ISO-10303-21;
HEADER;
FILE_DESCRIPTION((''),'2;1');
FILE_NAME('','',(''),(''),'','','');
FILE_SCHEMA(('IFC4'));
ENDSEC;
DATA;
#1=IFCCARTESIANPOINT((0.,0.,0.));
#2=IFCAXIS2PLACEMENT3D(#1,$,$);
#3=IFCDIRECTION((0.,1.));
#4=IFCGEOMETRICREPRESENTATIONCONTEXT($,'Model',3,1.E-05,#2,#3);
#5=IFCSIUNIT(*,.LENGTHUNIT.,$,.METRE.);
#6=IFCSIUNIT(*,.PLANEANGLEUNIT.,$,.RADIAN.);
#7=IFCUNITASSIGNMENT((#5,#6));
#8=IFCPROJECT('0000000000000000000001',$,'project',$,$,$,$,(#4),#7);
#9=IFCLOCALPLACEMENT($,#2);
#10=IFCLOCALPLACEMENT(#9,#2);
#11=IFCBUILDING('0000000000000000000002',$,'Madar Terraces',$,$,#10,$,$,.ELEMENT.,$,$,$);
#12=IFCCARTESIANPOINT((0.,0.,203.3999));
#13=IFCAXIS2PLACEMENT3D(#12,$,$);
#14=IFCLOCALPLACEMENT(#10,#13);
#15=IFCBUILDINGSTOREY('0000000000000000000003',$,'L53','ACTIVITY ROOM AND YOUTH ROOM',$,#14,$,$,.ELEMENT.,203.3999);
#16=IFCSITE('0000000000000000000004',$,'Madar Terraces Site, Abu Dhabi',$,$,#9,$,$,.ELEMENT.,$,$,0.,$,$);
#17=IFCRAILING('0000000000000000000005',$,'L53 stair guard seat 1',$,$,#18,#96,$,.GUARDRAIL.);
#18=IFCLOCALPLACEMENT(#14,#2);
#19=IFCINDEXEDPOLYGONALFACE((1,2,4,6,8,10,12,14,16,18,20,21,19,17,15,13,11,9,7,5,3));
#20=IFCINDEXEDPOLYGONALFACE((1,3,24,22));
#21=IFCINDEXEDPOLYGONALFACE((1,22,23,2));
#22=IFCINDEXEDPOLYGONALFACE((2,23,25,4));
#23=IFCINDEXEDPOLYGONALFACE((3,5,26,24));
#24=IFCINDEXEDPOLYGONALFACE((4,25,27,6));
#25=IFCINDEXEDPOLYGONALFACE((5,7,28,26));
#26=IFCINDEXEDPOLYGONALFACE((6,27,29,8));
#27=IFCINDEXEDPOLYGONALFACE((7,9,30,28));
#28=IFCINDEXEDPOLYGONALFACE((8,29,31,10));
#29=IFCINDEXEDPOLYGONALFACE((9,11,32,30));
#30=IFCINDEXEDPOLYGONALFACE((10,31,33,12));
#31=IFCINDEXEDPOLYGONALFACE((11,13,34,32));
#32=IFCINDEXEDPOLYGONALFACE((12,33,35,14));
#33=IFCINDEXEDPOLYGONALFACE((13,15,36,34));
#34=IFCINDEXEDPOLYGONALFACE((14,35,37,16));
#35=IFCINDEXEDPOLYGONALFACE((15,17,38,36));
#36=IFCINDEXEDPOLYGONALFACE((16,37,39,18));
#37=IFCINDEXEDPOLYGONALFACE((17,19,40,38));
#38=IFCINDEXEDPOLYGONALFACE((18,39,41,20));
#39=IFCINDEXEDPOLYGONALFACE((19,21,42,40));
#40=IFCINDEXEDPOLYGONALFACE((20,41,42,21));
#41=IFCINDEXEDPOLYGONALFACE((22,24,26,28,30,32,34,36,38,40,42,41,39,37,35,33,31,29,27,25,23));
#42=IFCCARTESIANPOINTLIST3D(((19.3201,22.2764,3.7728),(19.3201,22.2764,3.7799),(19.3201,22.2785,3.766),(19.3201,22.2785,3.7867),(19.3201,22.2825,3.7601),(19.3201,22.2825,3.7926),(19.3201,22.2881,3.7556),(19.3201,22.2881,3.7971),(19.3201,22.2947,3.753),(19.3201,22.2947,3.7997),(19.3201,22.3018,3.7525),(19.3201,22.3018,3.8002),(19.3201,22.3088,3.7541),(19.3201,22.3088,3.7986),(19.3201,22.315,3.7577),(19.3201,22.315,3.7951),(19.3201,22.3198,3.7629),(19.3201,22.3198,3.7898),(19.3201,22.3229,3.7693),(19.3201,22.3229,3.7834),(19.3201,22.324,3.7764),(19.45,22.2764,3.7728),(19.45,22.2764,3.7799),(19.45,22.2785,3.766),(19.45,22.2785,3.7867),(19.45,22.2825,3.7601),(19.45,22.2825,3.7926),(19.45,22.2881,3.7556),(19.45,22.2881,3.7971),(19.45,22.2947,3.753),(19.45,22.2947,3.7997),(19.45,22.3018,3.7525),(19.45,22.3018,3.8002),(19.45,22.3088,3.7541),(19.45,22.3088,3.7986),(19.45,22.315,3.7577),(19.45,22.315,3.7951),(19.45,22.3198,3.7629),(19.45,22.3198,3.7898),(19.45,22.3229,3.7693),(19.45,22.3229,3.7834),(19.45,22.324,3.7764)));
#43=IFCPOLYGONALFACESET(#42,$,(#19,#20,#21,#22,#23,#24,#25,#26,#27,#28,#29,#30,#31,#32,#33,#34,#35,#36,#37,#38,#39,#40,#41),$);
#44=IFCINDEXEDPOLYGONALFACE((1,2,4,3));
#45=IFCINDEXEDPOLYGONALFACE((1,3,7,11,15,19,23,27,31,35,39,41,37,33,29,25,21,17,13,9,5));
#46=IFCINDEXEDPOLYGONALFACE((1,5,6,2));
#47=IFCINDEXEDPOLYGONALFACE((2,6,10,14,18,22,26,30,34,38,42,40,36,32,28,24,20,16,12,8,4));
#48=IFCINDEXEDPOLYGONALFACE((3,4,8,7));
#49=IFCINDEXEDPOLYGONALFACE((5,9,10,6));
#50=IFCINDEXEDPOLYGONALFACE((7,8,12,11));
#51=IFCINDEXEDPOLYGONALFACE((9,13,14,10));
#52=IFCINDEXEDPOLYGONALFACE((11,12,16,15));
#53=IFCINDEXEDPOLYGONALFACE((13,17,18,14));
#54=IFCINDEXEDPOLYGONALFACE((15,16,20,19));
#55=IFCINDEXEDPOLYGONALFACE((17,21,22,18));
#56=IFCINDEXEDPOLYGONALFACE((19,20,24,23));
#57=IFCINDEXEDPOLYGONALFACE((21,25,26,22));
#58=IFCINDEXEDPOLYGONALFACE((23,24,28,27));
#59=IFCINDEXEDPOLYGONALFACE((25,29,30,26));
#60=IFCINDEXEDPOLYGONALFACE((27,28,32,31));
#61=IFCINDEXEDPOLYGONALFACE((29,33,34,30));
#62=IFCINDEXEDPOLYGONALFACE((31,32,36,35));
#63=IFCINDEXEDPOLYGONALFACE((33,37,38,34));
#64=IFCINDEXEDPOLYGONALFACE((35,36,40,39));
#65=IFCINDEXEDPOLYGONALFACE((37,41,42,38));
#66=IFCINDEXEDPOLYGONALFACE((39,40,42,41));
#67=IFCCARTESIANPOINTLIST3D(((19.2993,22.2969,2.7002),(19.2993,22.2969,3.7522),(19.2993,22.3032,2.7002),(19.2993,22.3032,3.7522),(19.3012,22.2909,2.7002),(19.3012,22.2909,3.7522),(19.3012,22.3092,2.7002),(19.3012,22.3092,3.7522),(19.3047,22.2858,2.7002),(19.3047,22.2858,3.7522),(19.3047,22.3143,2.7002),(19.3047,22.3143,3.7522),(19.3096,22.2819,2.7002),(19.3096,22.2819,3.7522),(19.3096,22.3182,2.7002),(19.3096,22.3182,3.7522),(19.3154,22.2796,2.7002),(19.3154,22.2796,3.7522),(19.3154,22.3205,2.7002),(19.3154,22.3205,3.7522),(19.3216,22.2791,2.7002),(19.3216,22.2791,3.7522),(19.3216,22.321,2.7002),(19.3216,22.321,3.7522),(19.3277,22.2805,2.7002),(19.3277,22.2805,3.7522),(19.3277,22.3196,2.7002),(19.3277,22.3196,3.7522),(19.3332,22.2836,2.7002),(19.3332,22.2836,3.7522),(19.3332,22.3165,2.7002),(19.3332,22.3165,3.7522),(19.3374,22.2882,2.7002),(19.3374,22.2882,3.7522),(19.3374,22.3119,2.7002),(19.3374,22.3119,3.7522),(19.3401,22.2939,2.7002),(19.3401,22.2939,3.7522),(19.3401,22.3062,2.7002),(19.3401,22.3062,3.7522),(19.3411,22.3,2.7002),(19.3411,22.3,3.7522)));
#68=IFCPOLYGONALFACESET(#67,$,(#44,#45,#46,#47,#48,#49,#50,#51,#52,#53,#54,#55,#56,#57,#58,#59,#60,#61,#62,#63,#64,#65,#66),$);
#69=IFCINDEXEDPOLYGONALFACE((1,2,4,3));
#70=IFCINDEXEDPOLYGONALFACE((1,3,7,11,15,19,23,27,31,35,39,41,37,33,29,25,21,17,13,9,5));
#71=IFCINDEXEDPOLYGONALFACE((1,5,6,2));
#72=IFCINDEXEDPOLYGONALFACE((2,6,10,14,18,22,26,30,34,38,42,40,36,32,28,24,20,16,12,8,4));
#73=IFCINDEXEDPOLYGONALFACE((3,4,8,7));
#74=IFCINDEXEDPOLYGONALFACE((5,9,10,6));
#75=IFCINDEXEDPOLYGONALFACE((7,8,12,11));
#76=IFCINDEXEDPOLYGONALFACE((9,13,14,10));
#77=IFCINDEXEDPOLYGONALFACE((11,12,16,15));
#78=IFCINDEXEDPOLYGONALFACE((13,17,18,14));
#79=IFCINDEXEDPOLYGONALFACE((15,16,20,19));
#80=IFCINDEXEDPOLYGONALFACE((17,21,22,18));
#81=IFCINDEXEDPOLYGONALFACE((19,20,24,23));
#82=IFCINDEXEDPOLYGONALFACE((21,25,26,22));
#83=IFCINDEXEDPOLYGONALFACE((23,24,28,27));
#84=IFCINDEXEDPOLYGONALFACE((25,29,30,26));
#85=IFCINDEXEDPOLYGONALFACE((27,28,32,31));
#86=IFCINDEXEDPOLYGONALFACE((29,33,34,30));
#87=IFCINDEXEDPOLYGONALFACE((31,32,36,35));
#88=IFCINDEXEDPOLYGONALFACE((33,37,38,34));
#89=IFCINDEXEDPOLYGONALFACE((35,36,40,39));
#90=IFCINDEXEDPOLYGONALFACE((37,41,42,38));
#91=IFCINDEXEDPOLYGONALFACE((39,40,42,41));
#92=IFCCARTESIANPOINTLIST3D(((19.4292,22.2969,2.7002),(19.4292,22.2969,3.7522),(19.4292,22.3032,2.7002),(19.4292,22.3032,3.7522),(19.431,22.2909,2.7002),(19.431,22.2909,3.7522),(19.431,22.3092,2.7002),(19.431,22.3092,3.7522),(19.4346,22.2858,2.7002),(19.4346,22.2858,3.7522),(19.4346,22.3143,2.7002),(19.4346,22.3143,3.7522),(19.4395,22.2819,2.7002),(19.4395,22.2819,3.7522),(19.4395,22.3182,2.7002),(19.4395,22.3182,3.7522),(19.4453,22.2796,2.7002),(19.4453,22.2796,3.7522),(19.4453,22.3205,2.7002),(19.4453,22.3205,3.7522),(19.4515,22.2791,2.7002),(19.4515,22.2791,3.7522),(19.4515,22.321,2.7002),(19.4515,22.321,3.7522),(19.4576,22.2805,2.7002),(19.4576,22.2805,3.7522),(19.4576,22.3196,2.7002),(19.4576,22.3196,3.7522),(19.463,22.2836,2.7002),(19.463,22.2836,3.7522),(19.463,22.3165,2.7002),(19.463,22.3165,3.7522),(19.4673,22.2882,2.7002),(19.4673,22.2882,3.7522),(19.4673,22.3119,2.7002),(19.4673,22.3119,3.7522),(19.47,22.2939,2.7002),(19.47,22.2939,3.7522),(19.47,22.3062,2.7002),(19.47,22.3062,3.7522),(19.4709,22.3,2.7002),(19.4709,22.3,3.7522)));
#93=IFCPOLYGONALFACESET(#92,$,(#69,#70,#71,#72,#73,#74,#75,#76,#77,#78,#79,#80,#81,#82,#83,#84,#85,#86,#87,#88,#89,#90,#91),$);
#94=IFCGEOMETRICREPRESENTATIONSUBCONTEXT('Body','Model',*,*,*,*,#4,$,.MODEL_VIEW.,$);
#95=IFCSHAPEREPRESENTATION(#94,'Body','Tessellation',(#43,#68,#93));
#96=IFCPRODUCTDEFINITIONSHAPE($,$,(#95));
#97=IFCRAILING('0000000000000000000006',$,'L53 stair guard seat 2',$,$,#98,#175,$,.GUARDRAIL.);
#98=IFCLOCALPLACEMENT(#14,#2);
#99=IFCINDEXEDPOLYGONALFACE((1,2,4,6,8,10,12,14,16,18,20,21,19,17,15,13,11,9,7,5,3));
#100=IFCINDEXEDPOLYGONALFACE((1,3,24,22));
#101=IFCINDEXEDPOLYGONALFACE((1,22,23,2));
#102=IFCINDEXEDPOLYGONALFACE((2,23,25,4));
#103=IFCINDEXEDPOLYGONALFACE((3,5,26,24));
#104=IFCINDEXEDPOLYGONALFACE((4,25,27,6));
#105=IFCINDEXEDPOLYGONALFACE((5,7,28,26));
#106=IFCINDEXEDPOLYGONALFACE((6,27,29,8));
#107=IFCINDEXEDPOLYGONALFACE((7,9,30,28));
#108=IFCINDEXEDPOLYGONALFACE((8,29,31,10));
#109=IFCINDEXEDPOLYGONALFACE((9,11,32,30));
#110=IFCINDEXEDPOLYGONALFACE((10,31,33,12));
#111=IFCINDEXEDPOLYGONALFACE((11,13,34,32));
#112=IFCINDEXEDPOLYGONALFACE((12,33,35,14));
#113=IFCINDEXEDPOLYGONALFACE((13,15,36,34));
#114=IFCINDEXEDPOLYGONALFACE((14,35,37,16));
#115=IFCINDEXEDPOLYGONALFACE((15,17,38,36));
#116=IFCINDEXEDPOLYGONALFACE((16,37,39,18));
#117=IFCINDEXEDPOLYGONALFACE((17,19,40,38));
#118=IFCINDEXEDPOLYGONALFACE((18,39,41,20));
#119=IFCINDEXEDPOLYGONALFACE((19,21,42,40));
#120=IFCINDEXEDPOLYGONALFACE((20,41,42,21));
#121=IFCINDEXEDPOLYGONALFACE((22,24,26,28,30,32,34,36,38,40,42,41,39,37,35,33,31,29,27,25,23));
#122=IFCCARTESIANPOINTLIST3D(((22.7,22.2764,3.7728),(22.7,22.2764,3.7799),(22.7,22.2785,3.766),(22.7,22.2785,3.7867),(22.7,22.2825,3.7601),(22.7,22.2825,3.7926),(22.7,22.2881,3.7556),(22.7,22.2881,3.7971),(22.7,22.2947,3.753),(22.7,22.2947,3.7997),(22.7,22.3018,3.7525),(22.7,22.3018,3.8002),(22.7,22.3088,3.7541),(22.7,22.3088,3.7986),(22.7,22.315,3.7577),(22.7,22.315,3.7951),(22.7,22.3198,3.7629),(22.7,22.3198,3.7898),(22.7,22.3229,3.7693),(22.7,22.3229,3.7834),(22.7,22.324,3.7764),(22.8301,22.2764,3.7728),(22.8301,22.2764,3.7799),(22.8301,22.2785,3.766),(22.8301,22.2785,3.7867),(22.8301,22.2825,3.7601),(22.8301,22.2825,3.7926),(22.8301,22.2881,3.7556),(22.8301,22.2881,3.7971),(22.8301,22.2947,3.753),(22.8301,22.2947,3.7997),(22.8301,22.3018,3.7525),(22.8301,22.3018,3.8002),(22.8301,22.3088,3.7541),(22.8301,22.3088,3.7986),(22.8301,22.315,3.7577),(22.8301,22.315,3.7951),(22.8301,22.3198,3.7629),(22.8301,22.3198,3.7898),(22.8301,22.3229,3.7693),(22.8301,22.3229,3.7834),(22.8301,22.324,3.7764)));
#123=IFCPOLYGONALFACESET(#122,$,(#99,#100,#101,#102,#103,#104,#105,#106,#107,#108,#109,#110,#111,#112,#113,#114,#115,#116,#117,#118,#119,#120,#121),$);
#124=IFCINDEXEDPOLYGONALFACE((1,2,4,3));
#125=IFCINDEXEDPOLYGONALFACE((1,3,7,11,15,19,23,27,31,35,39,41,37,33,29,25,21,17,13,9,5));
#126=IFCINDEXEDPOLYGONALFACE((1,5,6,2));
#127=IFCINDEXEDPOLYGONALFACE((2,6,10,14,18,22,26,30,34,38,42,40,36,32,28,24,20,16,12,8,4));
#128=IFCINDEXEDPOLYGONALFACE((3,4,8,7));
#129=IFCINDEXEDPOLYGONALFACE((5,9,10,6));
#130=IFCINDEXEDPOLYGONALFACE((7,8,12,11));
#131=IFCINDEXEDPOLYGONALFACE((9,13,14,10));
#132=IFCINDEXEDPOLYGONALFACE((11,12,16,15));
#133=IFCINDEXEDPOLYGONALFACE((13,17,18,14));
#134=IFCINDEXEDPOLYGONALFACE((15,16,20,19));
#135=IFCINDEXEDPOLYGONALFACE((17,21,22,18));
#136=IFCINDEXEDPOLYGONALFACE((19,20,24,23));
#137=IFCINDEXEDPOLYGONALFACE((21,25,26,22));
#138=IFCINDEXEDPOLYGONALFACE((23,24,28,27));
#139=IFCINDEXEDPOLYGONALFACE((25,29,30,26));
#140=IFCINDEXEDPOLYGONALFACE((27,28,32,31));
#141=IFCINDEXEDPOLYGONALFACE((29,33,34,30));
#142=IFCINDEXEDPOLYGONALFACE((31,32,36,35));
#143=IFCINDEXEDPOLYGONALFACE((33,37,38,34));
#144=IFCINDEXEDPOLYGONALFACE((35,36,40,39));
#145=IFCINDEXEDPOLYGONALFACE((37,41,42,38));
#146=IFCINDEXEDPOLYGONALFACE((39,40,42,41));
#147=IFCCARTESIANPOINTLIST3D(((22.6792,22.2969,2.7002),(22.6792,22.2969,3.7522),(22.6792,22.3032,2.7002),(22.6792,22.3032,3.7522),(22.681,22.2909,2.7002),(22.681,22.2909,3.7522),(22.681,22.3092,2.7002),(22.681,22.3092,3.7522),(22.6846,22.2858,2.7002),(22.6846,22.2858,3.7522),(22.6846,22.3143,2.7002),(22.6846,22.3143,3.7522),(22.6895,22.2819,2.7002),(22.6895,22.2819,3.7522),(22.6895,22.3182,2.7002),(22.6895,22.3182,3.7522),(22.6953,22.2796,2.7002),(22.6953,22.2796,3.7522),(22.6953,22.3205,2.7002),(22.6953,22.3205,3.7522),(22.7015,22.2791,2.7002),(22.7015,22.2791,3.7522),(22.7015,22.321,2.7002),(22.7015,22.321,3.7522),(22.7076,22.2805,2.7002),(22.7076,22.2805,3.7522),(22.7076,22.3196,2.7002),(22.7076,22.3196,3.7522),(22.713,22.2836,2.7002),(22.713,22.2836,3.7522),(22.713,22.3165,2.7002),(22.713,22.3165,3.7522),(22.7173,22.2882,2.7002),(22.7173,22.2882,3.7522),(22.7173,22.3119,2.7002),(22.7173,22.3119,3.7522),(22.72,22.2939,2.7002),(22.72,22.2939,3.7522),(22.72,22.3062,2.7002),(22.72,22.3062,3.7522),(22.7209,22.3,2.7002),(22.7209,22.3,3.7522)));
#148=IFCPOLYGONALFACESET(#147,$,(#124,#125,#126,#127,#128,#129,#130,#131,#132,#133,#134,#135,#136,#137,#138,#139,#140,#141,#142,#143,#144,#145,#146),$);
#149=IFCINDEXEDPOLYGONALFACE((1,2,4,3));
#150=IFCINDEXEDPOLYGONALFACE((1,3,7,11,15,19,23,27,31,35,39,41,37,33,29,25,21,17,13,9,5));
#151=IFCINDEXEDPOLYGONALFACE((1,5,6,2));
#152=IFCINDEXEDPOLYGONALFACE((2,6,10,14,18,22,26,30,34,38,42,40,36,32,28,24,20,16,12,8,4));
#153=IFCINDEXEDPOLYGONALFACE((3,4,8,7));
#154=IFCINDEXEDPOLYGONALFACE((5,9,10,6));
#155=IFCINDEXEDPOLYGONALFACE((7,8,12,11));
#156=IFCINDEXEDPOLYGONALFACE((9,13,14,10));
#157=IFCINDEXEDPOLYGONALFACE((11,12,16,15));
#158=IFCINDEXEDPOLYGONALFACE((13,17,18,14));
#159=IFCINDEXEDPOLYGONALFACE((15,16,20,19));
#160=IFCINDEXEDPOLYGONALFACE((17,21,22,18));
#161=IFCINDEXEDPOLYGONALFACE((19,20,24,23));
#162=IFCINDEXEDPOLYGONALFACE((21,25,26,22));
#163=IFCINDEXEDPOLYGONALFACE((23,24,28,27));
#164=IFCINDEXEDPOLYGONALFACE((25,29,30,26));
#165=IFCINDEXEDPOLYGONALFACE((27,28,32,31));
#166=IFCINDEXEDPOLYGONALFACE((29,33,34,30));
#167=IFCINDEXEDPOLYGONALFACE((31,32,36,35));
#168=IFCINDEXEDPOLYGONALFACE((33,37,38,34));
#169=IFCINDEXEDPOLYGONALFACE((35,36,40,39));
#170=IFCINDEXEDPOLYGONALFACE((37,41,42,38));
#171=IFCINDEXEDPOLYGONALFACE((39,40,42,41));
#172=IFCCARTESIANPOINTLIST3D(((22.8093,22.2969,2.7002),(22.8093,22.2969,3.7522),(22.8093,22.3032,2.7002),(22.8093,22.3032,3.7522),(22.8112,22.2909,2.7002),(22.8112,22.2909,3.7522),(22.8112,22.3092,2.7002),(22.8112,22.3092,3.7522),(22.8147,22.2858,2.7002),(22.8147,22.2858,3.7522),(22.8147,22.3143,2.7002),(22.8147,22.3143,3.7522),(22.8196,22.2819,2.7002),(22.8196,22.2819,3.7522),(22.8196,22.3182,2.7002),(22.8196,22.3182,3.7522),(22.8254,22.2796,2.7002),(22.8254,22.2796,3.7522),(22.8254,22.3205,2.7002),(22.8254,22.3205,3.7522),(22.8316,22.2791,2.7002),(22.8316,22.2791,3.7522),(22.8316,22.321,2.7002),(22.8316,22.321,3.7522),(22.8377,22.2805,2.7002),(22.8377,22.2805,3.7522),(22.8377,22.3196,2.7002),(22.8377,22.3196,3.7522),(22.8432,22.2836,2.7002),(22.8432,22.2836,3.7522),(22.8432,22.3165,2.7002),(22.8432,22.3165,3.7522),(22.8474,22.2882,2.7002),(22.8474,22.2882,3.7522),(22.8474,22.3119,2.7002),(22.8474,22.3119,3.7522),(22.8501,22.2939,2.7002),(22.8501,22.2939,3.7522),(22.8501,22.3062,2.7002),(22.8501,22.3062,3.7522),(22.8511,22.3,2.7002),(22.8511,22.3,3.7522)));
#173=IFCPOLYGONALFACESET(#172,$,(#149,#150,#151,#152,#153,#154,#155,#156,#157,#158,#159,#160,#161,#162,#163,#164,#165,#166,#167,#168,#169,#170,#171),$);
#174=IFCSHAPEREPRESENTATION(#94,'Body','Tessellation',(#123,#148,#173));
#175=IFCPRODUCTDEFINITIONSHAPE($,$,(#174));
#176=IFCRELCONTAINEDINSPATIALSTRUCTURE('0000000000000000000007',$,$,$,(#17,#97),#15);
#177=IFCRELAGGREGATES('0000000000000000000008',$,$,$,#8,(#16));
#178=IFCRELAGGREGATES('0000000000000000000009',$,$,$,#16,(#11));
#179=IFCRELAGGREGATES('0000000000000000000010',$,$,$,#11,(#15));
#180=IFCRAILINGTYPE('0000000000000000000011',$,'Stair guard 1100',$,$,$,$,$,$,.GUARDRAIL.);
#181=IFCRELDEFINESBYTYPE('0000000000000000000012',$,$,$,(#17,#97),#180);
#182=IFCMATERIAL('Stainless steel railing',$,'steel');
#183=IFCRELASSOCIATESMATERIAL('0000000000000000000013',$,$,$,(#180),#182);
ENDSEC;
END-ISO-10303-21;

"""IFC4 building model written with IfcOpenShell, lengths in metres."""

from ifc_helpers import new_model, si_unit, direction, frame, origin, origin_2d, place, context, subcontext, project, spatial, circle, extrude, material, type_object, element, save


model = new_model("IFC4")

# Units and contexts
model_context = context("Model", 3, precision=1e-05, world=origin(), true_north=direction((0.0, 1.0)))
body_context = subcontext(model_context, "Body", "Model", "MODEL_VIEW")
ifc_project = project(units=[si_unit("LENGTHUNIT", "METRE"), si_unit("PLANEANGLEUNIT", "RADIAN")], contexts=[model_context])

# Site, building, storey
site_placement = place(None, origin())
site = spatial("IfcSite", under=ifc_project, at=site_placement, Name="Madar Terraces Site, Abu Dhabi", CompositionType="ELEMENT", RefElevation=0.0)
building_placement = place(site_placement, origin())
building = spatial("IfcBuilding", under=site, at=building_placement, Name="Madar Terraces", CompositionType="ELEMENT")
storey_placement = place(building_placement, frame((0.0, 0.0, 203.3999)))
storey = spatial("IfcBuildingStorey", under=building, at=storey_placement, Name="L53", Description="ACTIVITY ROOM AND YOUTH ROOM", CompositionType="ELEMENT", Elevation=203.3999)

# Railings
ifc_material_1 = material(Name="Stainless steel railing", Category="steel")
railing_type_1 = type_object("IfcRailingType", Name="Stair guard 1100", PredefinedType="GUARDRAIL", material=ifc_material_1)
railing_1_placement = place(storey_placement, frame((19.3201, 22.3, 2.7002)))
element("IfcRailing", 1, at=railing_1_placement, inside=storey, type_object=railing_type_1, Name="L53 stair guard seat 1", PredefinedType="GUARDRAIL", context=body_context, shape_type="SweptSolid", body=[
    extrude(circle(Radius=0.0239, at=origin_2d()), frame((0.0, 0.0, 1.0762), z_axis=(1.0, 0.0, 0.0), x_axis=(0.0, 1.0, 0.0)), (0.0, 0.0, 1.0), 0.1299),
    extrude(circle(Radius=0.021, at=origin_2d()), origin(), (0.0, 0.0, 1.0), 1.052),
    extrude(circle(Radius=0.021, at=origin_2d()), frame((0.1299, 0.0, 0.0)), (0.0, 0.0, 1.0), 1.052),
])
railing_2_placement = place(storey_placement, frame((22.7, 22.3, 2.7002)))
element("IfcRailing", 2, at=railing_2_placement, inside=storey, type_object=railing_type_1, Name="L53 stair guard seat 2", PredefinedType="GUARDRAIL", context=body_context, shape_type="SweptSolid", body=[
    extrude(circle(Radius=0.0239, at=origin_2d()), frame((0.0, 0.0, 1.0762), z_axis=(1.0, 0.0, 0.0), x_axis=(0.0, 1.0, 0.0)), (0.0, 0.0, 1.0), 0.1301),
    extrude(circle(Radius=0.021, at=origin_2d()), origin(), (0.0, 0.0, 1.0), 1.052),
    extrude(circle(Radius=0.021, at=origin_2d()), frame((0.1301, 0.0, 0.0)), (0.0, 0.0, 1.0), 1.052),
])

save(model, "model.ifc")
